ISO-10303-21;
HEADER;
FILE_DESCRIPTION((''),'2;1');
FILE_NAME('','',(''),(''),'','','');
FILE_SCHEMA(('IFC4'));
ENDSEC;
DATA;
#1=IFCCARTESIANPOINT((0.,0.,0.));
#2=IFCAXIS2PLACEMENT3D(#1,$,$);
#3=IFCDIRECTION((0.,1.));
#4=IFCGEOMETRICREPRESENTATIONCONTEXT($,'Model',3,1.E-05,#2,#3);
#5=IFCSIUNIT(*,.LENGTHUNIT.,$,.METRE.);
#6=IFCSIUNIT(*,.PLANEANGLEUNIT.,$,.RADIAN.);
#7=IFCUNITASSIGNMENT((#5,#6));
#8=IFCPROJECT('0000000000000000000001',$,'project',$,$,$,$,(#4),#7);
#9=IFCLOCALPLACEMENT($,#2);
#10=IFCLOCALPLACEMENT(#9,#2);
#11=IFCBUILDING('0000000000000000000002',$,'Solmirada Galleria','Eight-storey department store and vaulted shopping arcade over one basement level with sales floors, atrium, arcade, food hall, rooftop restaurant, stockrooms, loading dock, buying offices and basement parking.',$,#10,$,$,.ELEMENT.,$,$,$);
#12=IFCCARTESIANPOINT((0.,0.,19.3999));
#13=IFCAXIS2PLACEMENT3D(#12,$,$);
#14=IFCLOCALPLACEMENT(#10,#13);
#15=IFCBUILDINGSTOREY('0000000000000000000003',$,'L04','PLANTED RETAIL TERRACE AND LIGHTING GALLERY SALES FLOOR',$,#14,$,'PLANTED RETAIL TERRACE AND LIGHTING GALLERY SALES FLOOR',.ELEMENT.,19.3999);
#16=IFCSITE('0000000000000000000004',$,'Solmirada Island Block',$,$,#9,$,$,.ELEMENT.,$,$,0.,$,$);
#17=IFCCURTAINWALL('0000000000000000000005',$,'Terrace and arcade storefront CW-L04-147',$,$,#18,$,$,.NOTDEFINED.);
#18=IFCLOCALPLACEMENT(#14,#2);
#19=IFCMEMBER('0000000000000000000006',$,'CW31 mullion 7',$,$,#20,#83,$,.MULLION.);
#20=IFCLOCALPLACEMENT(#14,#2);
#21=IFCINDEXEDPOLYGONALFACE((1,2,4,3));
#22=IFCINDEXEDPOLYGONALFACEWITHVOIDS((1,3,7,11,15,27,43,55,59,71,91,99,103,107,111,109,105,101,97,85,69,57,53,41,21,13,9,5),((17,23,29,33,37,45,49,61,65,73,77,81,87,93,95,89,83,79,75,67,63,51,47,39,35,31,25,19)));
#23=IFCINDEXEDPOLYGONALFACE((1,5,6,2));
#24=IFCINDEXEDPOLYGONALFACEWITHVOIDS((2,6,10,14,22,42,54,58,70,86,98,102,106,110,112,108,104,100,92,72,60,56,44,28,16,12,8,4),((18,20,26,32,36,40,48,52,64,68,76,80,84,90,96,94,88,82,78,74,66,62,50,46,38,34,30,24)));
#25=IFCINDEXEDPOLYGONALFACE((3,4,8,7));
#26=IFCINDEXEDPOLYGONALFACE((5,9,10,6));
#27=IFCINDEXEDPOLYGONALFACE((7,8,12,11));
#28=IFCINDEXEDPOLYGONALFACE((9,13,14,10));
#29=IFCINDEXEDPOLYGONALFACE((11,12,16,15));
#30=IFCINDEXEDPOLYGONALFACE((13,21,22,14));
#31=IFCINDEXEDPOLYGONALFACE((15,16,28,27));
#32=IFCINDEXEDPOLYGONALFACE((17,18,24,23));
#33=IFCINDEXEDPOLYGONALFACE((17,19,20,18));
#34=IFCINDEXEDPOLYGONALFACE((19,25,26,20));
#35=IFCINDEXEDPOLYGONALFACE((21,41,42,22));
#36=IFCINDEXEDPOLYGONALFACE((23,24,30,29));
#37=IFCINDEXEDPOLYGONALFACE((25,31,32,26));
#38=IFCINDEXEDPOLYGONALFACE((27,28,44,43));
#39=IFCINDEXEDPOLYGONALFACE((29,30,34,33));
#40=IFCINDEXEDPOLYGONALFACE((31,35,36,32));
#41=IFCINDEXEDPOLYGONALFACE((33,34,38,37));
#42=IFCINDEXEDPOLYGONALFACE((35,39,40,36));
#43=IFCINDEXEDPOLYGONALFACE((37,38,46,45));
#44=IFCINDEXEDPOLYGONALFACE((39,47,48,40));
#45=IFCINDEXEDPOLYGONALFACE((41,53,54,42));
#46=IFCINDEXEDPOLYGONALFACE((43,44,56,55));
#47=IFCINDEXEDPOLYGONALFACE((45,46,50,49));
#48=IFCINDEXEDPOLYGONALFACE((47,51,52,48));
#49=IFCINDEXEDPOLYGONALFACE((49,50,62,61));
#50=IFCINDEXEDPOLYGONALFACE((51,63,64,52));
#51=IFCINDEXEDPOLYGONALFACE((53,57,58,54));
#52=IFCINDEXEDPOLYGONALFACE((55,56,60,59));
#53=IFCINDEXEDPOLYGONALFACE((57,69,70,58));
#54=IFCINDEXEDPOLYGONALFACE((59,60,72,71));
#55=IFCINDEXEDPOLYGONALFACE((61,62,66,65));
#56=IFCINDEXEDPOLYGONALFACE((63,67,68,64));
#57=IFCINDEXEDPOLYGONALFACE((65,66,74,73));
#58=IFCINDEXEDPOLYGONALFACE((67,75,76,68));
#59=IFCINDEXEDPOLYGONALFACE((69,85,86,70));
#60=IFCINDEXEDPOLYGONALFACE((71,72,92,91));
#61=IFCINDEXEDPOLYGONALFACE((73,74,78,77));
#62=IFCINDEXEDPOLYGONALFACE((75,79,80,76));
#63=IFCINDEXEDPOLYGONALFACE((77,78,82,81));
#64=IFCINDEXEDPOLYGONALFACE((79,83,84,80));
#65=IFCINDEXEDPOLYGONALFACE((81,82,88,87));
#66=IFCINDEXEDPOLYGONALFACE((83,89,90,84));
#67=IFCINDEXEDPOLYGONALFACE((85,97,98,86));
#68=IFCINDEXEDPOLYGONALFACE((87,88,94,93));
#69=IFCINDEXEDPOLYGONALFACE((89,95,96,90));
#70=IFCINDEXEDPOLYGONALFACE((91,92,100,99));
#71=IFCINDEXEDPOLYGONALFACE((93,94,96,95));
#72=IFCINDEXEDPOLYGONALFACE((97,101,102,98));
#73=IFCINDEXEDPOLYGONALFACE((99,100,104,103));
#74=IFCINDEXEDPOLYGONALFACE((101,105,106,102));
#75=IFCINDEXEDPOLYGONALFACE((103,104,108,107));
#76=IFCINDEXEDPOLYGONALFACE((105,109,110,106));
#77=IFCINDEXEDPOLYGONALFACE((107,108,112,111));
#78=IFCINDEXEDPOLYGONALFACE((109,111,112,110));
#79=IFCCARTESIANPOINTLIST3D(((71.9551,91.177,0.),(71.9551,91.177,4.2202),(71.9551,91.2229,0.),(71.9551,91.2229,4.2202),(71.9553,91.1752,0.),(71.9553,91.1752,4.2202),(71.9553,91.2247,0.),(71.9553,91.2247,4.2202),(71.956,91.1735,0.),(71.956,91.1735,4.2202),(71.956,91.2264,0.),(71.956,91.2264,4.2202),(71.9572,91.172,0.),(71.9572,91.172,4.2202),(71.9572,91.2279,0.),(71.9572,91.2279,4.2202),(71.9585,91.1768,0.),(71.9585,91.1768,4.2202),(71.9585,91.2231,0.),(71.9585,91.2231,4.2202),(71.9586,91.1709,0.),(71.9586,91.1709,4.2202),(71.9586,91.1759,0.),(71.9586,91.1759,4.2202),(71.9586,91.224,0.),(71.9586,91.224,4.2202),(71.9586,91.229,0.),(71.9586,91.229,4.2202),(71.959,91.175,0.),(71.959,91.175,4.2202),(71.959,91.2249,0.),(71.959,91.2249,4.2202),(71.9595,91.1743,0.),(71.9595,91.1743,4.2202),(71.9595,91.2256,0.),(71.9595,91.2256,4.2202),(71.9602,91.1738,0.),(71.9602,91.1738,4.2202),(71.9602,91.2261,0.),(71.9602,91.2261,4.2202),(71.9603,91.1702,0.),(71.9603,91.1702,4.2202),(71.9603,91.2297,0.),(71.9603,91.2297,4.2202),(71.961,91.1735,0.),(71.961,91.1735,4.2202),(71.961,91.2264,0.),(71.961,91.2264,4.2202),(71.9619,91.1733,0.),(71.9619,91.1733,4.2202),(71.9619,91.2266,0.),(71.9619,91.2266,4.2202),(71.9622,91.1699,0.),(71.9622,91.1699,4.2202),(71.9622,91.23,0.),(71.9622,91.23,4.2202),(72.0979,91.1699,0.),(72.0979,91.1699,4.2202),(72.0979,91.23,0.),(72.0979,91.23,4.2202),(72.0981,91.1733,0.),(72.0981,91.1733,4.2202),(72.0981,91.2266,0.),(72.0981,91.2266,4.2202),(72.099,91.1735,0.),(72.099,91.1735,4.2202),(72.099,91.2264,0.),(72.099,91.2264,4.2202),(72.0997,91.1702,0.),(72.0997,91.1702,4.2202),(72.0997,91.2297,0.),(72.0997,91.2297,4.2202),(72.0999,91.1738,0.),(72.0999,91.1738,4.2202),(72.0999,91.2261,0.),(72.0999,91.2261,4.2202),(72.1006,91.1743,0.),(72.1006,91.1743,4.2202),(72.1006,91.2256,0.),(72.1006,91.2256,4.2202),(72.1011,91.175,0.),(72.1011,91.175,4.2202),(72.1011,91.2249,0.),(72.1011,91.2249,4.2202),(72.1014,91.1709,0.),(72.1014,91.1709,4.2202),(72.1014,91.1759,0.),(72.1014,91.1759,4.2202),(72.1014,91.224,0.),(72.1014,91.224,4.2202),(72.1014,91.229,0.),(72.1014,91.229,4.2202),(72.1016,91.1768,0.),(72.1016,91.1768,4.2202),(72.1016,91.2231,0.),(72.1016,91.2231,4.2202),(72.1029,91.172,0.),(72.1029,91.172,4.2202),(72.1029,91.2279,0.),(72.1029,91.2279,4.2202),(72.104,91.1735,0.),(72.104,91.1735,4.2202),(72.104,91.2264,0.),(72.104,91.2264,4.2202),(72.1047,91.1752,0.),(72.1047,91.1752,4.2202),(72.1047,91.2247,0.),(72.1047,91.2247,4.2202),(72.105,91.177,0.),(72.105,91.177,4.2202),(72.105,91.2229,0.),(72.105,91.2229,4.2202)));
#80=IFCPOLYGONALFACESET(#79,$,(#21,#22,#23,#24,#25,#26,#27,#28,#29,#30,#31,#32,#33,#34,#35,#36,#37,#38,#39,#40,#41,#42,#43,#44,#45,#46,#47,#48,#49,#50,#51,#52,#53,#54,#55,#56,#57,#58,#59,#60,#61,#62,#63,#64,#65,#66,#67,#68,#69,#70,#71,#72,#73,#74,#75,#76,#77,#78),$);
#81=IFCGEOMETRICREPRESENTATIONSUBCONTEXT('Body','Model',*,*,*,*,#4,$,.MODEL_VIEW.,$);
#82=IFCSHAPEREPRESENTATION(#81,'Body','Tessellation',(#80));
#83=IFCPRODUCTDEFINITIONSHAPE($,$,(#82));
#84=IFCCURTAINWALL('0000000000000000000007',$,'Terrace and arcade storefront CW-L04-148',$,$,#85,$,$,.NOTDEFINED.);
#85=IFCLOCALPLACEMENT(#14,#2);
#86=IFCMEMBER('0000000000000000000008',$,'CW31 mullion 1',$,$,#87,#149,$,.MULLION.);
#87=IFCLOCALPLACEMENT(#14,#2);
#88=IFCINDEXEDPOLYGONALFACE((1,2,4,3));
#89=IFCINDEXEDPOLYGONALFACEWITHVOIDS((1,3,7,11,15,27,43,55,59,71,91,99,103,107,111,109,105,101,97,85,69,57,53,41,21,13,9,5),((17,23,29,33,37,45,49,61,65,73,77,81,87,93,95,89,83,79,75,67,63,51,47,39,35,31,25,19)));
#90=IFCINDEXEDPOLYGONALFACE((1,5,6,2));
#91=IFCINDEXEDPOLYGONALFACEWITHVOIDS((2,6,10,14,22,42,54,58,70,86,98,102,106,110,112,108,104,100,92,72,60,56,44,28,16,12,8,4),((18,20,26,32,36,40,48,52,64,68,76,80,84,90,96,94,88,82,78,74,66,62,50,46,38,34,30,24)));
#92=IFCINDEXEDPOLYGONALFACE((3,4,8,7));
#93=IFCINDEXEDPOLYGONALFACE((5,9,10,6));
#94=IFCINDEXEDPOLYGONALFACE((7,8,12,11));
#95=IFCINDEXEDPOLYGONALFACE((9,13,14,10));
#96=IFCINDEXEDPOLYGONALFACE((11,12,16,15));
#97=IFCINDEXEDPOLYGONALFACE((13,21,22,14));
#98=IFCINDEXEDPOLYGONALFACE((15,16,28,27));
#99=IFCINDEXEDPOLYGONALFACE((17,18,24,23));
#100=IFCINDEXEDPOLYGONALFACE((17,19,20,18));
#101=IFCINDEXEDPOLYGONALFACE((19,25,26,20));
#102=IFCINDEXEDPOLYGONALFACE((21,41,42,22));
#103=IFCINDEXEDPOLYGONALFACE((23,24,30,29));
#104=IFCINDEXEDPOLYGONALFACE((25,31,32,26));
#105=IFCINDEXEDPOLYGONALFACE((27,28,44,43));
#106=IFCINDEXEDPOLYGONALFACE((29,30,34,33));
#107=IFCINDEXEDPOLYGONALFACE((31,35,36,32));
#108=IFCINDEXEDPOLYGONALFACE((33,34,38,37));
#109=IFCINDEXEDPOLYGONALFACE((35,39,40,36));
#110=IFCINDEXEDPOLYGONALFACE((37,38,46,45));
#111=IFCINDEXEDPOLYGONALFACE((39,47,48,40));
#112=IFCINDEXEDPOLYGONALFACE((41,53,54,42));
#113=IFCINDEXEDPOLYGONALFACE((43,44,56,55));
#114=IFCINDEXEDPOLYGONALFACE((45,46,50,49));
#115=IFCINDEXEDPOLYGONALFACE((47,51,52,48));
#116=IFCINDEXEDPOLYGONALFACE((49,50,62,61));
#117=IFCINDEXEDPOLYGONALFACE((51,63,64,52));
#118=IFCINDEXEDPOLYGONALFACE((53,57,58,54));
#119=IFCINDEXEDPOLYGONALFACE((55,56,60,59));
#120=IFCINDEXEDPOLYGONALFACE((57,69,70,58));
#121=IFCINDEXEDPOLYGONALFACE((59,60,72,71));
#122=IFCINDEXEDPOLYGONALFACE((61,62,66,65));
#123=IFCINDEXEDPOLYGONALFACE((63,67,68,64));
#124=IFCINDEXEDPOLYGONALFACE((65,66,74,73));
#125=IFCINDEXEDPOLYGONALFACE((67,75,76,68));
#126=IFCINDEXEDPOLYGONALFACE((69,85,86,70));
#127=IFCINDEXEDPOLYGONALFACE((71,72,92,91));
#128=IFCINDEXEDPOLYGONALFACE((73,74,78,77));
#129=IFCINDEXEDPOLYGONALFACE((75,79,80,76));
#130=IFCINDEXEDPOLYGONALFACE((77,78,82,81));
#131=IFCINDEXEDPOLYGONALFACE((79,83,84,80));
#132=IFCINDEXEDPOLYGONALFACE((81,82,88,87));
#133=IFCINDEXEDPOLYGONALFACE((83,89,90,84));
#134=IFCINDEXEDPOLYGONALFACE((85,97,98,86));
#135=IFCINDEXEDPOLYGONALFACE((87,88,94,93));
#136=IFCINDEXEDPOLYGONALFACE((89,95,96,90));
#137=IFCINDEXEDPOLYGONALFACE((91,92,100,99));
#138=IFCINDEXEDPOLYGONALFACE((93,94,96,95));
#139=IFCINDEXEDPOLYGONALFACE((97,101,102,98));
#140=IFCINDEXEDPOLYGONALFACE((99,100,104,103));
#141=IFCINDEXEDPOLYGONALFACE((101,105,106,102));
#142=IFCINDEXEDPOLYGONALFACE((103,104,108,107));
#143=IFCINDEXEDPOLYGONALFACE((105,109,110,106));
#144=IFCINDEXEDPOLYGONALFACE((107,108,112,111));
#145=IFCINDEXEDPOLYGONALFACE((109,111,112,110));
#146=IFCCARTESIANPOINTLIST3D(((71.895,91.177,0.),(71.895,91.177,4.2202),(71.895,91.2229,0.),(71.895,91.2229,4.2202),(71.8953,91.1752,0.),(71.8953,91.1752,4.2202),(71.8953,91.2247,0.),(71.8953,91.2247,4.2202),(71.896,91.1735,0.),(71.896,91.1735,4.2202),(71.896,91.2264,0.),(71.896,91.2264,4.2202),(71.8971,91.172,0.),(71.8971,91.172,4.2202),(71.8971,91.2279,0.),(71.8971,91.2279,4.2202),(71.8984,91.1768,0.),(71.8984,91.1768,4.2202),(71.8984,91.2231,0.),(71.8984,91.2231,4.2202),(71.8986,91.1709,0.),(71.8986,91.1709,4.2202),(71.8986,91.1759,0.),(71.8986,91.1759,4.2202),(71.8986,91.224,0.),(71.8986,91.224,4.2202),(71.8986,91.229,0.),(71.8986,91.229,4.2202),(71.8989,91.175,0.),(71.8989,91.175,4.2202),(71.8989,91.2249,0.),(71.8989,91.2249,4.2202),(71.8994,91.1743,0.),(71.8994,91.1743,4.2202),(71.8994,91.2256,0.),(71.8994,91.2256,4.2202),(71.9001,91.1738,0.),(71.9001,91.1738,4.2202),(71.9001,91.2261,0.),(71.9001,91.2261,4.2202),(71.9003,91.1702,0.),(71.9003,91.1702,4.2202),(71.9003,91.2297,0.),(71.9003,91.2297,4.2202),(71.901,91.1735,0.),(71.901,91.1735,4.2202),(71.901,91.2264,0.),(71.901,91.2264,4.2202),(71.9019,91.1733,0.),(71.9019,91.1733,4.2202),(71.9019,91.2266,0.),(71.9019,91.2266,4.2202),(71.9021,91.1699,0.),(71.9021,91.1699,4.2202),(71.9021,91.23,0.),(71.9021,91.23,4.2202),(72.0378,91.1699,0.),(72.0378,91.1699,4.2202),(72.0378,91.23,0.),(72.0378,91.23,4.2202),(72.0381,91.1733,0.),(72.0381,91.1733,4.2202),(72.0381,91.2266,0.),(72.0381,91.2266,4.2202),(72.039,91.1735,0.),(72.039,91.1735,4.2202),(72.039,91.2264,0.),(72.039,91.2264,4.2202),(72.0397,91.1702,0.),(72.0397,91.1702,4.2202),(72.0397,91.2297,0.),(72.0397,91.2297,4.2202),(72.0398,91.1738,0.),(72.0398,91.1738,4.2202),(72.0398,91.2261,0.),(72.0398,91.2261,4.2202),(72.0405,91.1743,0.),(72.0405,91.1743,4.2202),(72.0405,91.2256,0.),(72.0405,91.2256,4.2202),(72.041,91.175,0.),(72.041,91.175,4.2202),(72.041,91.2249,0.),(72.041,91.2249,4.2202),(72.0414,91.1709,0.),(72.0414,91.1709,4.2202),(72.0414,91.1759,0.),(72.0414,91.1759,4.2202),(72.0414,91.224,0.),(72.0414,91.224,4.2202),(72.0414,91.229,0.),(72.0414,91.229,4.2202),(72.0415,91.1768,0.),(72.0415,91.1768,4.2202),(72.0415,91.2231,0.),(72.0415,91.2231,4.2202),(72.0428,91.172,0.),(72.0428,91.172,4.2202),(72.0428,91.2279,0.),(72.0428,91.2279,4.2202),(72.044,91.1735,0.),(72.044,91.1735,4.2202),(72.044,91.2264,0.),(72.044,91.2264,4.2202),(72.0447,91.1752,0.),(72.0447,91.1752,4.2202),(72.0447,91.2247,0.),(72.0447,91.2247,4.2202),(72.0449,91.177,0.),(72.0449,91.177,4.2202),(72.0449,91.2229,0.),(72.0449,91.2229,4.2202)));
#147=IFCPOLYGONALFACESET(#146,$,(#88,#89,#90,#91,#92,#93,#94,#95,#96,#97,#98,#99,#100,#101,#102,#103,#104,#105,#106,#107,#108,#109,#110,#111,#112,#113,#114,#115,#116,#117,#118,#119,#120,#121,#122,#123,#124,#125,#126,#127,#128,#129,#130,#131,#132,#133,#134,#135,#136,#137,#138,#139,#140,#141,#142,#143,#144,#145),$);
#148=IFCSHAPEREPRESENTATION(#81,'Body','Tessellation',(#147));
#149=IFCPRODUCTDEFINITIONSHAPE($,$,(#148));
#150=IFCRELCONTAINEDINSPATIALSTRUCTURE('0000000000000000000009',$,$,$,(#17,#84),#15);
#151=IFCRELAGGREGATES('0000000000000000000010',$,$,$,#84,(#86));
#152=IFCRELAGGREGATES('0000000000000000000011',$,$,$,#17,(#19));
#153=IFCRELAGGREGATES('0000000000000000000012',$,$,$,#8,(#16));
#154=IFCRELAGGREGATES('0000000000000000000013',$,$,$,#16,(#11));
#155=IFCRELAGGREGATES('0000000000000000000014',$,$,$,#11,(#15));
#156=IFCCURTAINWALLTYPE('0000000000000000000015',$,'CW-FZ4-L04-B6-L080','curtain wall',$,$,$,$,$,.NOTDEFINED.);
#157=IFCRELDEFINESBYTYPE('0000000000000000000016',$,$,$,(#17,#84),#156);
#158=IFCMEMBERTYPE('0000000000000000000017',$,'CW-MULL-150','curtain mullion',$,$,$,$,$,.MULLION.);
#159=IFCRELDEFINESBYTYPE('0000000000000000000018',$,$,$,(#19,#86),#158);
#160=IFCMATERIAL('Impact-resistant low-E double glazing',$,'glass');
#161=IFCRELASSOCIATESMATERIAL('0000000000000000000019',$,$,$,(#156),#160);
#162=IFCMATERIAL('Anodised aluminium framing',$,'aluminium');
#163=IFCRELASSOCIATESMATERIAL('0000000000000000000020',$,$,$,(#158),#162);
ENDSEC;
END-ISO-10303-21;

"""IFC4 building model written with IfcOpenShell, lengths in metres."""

from ifc_helpers import new_model, si_unit, direction, frame, origin, origin_2d, place, context, subcontext, project, spatial, hollow_rectangle, extrude, material, material_profile, profile_set, type_object, element, aggregate, save


model = new_model("IFC4")

# Units and contexts
model_context = context("Model", 3, precision=1e-05, world=origin(), true_north=direction((0.0, 1.0)))
body_context = subcontext(model_context, "Body", "Model", "MODEL_VIEW")
ifc_project = project(units=[si_unit("LENGTHUNIT", "METRE"), si_unit("PLANEANGLEUNIT", "RADIAN")], contexts=[model_context])

# Site, building, storey
site_placement = place(None, origin())
site = spatial("IfcSite", under=ifc_project, at=site_placement, Name="Solmirada Island Block", CompositionType="ELEMENT", RefElevation=0.0)
building_placement = place(site_placement, origin())
building = spatial("IfcBuilding", under=site, at=building_placement, Name="Solmirada Galleria", Description="Eight-storey department store and vaulted shopping arcade over one basement level with sales floors, atrium, arcade, food hall, rooftop restaurant, stockrooms, loading dock, buying offices and basement parking.", CompositionType="ELEMENT")
storey_placement = place(building_placement, frame((0.0, 0.0, 19.3999)))
storey = spatial("IfcBuildingStorey", under=building, at=storey_placement, Name="L04", Description="PLANTED RETAIL TERRACE AND LIGHTING GALLERY SALES FLOOR", LongName="PLANTED RETAIL TERRACE AND LIGHTING GALLERY SALES FLOOR", CompositionType="ELEMENT", Elevation=19.3999)

# Curtain wall, member
ifc_material_1 = material(Name="Impact-resistant low-E double glazing", Category="glass")
curtain_wall_type = type_object("IfcCurtainWallType", Name="CW-FZ4-L04-B6-L080", Description="curtain wall", PredefinedType="NOTDEFINED", material=ifc_material_1)
curtain_wall_1_placement = place(storey_placement, origin())
curtain_wall_1 = element("IfcCurtainWall", 1, at=curtain_wall_1_placement, inside=storey, type_object=curtain_wall_type, Name="Terrace and arcade storefront CW-L04-147", PredefinedType="NOTDEFINED")
ifc_material_2 = material(Name="Anodised aluminium framing", Category="aluminium")
ifc_material_profile_1 = material_profile(ifc_material_2, hollow_rectangle(XDim=0.0601, YDim=0.1499, WallThickness=0.0034, InnerFilletRadius=0.0034, OuterFilletRadius=0.0071, at=origin_2d()), Name="ALU-MULL-150X60")
ifc_profile_set_1 = profile_set([ifc_material_profile_1], Name="Anodised aluminium framing")
member_type_1 = type_object("IfcMemberType", Name="CW-MULL-150", Description="curtain mullion", PredefinedType="MULLION", material=ifc_profile_set_1)
member_1_placement = place(storey_placement, frame((72.03, 91.2, 0.0), z_axis=(0.0, 0.0, 1.0), x_axis=(0.0, -1.0, 0.0)))
member_1 = element("IfcMember", 2, at=member_1_placement, type_object=member_type_1, Name="CW31 mullion 7", PredefinedType="MULLION", context=body_context, shape_type="SweptSolid", body=[
    extrude(hollow_rectangle(XDim=0.0601, YDim=0.1499, WallThickness=0.0034, InnerFilletRadius=0.0034, OuterFilletRadius=0.0071, at=origin_2d()), origin(), (0.0, 0.0, 1.0), 4.2202),
])

# Curtain wall, member
curtain_wall_2_placement = place(storey_placement, origin())
curtain_wall_2 = element("IfcCurtainWall", 3, at=curtain_wall_2_placement, inside=storey, type_object=curtain_wall_type, Name="Terrace and arcade storefront CW-L04-148", PredefinedType="NOTDEFINED")
member_2_placement = place(storey_placement, frame((71.97, 91.2, 0.0), z_axis=(0.0, 0.0, 1.0), x_axis=(0.0, -1.0, 0.0)))
member_2 = element("IfcMember", 4, at=member_2_placement, type_object=member_type_1, Name="CW31 mullion 1", PredefinedType="MULLION", context=body_context, shape_type="SweptSolid", body=[
    extrude(hollow_rectangle(XDim=0.0601, YDim=0.1499, WallThickness=0.0034, InnerFilletRadius=0.0034, OuterFilletRadius=0.0071, at=origin_2d()), origin(), (0.0, 0.0, 1.0), 4.2202),
])

aggregate(curtain_wall_2, [member_2])

aggregate(curtain_wall_1, [member_1])

save(model, "model.ifc")
